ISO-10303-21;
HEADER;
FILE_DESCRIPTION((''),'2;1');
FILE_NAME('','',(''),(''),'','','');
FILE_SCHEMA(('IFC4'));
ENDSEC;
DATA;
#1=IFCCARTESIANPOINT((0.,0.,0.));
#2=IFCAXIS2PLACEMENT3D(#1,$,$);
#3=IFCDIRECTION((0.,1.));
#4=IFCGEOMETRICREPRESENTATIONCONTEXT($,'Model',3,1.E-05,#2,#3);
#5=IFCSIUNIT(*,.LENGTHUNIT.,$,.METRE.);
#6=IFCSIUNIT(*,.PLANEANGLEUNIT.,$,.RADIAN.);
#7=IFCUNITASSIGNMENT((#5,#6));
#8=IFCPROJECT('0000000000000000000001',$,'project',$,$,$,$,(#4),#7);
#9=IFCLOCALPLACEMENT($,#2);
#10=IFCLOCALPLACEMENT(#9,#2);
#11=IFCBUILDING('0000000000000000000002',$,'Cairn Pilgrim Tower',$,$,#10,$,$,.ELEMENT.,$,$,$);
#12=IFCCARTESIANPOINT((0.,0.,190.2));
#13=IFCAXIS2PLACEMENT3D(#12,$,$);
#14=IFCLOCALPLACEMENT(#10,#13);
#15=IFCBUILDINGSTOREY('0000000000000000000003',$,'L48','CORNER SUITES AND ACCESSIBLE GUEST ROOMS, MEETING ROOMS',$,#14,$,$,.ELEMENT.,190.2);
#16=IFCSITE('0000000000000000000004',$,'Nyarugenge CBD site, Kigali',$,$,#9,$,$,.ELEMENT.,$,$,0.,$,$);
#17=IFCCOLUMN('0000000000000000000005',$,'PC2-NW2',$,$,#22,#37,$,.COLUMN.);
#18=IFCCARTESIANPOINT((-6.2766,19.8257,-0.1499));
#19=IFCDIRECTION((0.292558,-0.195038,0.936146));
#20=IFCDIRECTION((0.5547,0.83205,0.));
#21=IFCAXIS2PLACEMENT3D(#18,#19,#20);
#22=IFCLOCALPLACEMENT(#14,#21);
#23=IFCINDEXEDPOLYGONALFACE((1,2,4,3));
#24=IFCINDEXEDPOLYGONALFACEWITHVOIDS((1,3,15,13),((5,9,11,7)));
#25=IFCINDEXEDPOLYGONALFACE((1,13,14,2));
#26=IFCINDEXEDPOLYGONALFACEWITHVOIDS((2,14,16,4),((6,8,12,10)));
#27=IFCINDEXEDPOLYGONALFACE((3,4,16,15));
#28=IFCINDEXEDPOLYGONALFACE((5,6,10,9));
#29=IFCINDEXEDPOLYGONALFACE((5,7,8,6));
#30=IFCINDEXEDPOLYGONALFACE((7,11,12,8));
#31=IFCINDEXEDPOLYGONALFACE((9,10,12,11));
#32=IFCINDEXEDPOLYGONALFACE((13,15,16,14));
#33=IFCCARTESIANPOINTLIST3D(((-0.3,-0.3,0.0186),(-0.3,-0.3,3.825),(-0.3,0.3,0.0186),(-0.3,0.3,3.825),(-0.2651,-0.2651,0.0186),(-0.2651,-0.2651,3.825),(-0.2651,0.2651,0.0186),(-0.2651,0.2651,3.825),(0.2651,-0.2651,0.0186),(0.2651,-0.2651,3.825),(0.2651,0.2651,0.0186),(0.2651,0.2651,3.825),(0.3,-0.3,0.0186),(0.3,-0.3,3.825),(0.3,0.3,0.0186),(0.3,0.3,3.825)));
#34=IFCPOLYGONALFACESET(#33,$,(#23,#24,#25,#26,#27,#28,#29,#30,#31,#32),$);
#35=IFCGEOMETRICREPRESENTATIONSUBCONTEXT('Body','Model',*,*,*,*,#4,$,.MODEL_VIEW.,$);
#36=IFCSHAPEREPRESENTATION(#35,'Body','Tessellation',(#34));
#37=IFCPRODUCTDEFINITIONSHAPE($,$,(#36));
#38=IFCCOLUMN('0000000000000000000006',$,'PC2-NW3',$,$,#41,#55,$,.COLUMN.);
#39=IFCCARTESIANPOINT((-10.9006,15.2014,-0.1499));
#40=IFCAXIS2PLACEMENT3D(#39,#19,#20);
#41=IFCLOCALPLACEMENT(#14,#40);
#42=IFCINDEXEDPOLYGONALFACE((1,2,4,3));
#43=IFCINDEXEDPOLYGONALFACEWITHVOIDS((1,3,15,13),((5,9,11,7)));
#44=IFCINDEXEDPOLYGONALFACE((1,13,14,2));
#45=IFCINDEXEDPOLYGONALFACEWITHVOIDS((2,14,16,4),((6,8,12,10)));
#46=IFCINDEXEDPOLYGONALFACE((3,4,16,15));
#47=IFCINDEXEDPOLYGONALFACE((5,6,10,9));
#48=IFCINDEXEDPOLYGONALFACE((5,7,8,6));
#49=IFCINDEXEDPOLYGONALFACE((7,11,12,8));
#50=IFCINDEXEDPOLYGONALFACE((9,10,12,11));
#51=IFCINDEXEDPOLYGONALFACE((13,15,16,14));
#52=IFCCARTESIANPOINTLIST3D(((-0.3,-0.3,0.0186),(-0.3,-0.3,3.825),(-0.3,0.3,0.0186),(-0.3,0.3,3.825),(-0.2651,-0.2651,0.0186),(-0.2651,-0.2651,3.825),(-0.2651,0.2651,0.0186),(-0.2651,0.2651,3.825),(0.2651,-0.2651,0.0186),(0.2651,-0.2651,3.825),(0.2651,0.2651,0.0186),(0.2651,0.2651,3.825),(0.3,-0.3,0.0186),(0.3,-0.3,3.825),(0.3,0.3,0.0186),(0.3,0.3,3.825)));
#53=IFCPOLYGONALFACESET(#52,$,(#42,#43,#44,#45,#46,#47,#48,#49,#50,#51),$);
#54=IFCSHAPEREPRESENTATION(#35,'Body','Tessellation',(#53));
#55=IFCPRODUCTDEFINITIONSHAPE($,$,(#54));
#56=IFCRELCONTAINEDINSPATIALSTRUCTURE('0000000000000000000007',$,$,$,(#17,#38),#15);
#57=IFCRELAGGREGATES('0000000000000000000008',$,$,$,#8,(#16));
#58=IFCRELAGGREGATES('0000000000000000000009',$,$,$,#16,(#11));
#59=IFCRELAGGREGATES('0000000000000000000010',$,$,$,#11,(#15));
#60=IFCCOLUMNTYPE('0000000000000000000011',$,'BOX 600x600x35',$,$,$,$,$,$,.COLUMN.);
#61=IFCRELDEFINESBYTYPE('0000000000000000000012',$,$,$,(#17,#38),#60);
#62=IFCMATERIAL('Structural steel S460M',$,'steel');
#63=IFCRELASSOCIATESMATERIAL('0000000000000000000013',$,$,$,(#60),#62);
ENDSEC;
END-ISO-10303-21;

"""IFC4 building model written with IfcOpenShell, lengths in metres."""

from ifc_helpers import new_model, si_unit, direction, frame, origin, origin_2d, place, context, subcontext, project, spatial, hollow_rectangle, extrude, clip, halfspace, material, material_profile, profile_set, type_object, element, save


model = new_model("IFC4")

# Units and contexts
model_context = context("Model", 3, precision=1e-05, world=origin(), true_north=direction((0.0, 1.0)))
body_context = subcontext(model_context, "Body", "Model", "MODEL_VIEW")
ifc_project = project(units=[si_unit("LENGTHUNIT", "METRE"), si_unit("PLANEANGLEUNIT", "RADIAN")], contexts=[model_context])

# Site, building, storey
site_placement = place(None, origin())
site = spatial("IfcSite", under=ifc_project, at=site_placement, Name="Nyarugenge CBD site, Kigali", CompositionType="ELEMENT", RefElevation=0.0)
building_placement = place(site_placement, origin())
building = spatial("IfcBuilding", under=site, at=building_placement, Name="Cairn Pilgrim Tower", CompositionType="ELEMENT")
storey_placement = place(building_placement, frame((0.0, 0.0, 190.2)))
storey = spatial("IfcBuildingStorey", under=building, at=storey_placement, Name="L48", Description="CORNER SUITES AND ACCESSIBLE GUEST ROOMS, MEETING ROOMS", CompositionType="ELEMENT", Elevation=190.2)

# Columns
ifc_material_1 = material(Name="Structural steel S460M", Category="steel")
ifc_material_profile_1 = material_profile(ifc_material_1, hollow_rectangle(XDim=0.6001, YDim=0.6001, WallThickness=0.0349, at=origin_2d()), Name="BOX 600x600x35")
ifc_profile_set_1 = profile_set([ifc_material_profile_1], Name="Structural steel S460M")
column_type = type_object("IfcColumnType", Name="BOX 600x600x35", PredefinedType="COLUMN", material=ifc_profile_set_1)
for number, where, z_axis, x_axis, name in (
    (1, (-6.2766, 19.8257, -0.1499), (0.292558, -0.195038, 0.936146), (0.5547, 0.83205, 0.0), "PC2-NW2"),
    (2, (-10.9006, 15.2014, -0.1499), (0.292558, -0.195038, 0.936146), (0.5547, 0.83205, 0.0), "PC2-NW3"),
):
    element("IfcColumn", number, at=place(storey_placement, frame(where, z_axis=z_axis, x_axis=x_axis)), inside=storey, type_object=column_type, Name=name, PredefinedType="COLUMN", context=body_context, shape_type="Clipping", body=[
        clip(clip(extrude(hollow_rectangle(XDim=0.6001, YDim=0.6001, WallThickness=0.0349, at=origin_2d()), origin(), (0.0, 0.0, 1.0), 3.8455), halfspace(frame((0.0, 0.0, 0.0186), z_axis=(0.0, 0.0, 1.0), x_axis=(1.0, 0.0, 0.0)), True)), halfspace(frame((0.0, 0.0, 3.825), z_axis=(0.0, 0.0, 1.0), x_axis=(1.0, 0.0, 0.0)), False)),
    ])

save(model, "model.ifc")
